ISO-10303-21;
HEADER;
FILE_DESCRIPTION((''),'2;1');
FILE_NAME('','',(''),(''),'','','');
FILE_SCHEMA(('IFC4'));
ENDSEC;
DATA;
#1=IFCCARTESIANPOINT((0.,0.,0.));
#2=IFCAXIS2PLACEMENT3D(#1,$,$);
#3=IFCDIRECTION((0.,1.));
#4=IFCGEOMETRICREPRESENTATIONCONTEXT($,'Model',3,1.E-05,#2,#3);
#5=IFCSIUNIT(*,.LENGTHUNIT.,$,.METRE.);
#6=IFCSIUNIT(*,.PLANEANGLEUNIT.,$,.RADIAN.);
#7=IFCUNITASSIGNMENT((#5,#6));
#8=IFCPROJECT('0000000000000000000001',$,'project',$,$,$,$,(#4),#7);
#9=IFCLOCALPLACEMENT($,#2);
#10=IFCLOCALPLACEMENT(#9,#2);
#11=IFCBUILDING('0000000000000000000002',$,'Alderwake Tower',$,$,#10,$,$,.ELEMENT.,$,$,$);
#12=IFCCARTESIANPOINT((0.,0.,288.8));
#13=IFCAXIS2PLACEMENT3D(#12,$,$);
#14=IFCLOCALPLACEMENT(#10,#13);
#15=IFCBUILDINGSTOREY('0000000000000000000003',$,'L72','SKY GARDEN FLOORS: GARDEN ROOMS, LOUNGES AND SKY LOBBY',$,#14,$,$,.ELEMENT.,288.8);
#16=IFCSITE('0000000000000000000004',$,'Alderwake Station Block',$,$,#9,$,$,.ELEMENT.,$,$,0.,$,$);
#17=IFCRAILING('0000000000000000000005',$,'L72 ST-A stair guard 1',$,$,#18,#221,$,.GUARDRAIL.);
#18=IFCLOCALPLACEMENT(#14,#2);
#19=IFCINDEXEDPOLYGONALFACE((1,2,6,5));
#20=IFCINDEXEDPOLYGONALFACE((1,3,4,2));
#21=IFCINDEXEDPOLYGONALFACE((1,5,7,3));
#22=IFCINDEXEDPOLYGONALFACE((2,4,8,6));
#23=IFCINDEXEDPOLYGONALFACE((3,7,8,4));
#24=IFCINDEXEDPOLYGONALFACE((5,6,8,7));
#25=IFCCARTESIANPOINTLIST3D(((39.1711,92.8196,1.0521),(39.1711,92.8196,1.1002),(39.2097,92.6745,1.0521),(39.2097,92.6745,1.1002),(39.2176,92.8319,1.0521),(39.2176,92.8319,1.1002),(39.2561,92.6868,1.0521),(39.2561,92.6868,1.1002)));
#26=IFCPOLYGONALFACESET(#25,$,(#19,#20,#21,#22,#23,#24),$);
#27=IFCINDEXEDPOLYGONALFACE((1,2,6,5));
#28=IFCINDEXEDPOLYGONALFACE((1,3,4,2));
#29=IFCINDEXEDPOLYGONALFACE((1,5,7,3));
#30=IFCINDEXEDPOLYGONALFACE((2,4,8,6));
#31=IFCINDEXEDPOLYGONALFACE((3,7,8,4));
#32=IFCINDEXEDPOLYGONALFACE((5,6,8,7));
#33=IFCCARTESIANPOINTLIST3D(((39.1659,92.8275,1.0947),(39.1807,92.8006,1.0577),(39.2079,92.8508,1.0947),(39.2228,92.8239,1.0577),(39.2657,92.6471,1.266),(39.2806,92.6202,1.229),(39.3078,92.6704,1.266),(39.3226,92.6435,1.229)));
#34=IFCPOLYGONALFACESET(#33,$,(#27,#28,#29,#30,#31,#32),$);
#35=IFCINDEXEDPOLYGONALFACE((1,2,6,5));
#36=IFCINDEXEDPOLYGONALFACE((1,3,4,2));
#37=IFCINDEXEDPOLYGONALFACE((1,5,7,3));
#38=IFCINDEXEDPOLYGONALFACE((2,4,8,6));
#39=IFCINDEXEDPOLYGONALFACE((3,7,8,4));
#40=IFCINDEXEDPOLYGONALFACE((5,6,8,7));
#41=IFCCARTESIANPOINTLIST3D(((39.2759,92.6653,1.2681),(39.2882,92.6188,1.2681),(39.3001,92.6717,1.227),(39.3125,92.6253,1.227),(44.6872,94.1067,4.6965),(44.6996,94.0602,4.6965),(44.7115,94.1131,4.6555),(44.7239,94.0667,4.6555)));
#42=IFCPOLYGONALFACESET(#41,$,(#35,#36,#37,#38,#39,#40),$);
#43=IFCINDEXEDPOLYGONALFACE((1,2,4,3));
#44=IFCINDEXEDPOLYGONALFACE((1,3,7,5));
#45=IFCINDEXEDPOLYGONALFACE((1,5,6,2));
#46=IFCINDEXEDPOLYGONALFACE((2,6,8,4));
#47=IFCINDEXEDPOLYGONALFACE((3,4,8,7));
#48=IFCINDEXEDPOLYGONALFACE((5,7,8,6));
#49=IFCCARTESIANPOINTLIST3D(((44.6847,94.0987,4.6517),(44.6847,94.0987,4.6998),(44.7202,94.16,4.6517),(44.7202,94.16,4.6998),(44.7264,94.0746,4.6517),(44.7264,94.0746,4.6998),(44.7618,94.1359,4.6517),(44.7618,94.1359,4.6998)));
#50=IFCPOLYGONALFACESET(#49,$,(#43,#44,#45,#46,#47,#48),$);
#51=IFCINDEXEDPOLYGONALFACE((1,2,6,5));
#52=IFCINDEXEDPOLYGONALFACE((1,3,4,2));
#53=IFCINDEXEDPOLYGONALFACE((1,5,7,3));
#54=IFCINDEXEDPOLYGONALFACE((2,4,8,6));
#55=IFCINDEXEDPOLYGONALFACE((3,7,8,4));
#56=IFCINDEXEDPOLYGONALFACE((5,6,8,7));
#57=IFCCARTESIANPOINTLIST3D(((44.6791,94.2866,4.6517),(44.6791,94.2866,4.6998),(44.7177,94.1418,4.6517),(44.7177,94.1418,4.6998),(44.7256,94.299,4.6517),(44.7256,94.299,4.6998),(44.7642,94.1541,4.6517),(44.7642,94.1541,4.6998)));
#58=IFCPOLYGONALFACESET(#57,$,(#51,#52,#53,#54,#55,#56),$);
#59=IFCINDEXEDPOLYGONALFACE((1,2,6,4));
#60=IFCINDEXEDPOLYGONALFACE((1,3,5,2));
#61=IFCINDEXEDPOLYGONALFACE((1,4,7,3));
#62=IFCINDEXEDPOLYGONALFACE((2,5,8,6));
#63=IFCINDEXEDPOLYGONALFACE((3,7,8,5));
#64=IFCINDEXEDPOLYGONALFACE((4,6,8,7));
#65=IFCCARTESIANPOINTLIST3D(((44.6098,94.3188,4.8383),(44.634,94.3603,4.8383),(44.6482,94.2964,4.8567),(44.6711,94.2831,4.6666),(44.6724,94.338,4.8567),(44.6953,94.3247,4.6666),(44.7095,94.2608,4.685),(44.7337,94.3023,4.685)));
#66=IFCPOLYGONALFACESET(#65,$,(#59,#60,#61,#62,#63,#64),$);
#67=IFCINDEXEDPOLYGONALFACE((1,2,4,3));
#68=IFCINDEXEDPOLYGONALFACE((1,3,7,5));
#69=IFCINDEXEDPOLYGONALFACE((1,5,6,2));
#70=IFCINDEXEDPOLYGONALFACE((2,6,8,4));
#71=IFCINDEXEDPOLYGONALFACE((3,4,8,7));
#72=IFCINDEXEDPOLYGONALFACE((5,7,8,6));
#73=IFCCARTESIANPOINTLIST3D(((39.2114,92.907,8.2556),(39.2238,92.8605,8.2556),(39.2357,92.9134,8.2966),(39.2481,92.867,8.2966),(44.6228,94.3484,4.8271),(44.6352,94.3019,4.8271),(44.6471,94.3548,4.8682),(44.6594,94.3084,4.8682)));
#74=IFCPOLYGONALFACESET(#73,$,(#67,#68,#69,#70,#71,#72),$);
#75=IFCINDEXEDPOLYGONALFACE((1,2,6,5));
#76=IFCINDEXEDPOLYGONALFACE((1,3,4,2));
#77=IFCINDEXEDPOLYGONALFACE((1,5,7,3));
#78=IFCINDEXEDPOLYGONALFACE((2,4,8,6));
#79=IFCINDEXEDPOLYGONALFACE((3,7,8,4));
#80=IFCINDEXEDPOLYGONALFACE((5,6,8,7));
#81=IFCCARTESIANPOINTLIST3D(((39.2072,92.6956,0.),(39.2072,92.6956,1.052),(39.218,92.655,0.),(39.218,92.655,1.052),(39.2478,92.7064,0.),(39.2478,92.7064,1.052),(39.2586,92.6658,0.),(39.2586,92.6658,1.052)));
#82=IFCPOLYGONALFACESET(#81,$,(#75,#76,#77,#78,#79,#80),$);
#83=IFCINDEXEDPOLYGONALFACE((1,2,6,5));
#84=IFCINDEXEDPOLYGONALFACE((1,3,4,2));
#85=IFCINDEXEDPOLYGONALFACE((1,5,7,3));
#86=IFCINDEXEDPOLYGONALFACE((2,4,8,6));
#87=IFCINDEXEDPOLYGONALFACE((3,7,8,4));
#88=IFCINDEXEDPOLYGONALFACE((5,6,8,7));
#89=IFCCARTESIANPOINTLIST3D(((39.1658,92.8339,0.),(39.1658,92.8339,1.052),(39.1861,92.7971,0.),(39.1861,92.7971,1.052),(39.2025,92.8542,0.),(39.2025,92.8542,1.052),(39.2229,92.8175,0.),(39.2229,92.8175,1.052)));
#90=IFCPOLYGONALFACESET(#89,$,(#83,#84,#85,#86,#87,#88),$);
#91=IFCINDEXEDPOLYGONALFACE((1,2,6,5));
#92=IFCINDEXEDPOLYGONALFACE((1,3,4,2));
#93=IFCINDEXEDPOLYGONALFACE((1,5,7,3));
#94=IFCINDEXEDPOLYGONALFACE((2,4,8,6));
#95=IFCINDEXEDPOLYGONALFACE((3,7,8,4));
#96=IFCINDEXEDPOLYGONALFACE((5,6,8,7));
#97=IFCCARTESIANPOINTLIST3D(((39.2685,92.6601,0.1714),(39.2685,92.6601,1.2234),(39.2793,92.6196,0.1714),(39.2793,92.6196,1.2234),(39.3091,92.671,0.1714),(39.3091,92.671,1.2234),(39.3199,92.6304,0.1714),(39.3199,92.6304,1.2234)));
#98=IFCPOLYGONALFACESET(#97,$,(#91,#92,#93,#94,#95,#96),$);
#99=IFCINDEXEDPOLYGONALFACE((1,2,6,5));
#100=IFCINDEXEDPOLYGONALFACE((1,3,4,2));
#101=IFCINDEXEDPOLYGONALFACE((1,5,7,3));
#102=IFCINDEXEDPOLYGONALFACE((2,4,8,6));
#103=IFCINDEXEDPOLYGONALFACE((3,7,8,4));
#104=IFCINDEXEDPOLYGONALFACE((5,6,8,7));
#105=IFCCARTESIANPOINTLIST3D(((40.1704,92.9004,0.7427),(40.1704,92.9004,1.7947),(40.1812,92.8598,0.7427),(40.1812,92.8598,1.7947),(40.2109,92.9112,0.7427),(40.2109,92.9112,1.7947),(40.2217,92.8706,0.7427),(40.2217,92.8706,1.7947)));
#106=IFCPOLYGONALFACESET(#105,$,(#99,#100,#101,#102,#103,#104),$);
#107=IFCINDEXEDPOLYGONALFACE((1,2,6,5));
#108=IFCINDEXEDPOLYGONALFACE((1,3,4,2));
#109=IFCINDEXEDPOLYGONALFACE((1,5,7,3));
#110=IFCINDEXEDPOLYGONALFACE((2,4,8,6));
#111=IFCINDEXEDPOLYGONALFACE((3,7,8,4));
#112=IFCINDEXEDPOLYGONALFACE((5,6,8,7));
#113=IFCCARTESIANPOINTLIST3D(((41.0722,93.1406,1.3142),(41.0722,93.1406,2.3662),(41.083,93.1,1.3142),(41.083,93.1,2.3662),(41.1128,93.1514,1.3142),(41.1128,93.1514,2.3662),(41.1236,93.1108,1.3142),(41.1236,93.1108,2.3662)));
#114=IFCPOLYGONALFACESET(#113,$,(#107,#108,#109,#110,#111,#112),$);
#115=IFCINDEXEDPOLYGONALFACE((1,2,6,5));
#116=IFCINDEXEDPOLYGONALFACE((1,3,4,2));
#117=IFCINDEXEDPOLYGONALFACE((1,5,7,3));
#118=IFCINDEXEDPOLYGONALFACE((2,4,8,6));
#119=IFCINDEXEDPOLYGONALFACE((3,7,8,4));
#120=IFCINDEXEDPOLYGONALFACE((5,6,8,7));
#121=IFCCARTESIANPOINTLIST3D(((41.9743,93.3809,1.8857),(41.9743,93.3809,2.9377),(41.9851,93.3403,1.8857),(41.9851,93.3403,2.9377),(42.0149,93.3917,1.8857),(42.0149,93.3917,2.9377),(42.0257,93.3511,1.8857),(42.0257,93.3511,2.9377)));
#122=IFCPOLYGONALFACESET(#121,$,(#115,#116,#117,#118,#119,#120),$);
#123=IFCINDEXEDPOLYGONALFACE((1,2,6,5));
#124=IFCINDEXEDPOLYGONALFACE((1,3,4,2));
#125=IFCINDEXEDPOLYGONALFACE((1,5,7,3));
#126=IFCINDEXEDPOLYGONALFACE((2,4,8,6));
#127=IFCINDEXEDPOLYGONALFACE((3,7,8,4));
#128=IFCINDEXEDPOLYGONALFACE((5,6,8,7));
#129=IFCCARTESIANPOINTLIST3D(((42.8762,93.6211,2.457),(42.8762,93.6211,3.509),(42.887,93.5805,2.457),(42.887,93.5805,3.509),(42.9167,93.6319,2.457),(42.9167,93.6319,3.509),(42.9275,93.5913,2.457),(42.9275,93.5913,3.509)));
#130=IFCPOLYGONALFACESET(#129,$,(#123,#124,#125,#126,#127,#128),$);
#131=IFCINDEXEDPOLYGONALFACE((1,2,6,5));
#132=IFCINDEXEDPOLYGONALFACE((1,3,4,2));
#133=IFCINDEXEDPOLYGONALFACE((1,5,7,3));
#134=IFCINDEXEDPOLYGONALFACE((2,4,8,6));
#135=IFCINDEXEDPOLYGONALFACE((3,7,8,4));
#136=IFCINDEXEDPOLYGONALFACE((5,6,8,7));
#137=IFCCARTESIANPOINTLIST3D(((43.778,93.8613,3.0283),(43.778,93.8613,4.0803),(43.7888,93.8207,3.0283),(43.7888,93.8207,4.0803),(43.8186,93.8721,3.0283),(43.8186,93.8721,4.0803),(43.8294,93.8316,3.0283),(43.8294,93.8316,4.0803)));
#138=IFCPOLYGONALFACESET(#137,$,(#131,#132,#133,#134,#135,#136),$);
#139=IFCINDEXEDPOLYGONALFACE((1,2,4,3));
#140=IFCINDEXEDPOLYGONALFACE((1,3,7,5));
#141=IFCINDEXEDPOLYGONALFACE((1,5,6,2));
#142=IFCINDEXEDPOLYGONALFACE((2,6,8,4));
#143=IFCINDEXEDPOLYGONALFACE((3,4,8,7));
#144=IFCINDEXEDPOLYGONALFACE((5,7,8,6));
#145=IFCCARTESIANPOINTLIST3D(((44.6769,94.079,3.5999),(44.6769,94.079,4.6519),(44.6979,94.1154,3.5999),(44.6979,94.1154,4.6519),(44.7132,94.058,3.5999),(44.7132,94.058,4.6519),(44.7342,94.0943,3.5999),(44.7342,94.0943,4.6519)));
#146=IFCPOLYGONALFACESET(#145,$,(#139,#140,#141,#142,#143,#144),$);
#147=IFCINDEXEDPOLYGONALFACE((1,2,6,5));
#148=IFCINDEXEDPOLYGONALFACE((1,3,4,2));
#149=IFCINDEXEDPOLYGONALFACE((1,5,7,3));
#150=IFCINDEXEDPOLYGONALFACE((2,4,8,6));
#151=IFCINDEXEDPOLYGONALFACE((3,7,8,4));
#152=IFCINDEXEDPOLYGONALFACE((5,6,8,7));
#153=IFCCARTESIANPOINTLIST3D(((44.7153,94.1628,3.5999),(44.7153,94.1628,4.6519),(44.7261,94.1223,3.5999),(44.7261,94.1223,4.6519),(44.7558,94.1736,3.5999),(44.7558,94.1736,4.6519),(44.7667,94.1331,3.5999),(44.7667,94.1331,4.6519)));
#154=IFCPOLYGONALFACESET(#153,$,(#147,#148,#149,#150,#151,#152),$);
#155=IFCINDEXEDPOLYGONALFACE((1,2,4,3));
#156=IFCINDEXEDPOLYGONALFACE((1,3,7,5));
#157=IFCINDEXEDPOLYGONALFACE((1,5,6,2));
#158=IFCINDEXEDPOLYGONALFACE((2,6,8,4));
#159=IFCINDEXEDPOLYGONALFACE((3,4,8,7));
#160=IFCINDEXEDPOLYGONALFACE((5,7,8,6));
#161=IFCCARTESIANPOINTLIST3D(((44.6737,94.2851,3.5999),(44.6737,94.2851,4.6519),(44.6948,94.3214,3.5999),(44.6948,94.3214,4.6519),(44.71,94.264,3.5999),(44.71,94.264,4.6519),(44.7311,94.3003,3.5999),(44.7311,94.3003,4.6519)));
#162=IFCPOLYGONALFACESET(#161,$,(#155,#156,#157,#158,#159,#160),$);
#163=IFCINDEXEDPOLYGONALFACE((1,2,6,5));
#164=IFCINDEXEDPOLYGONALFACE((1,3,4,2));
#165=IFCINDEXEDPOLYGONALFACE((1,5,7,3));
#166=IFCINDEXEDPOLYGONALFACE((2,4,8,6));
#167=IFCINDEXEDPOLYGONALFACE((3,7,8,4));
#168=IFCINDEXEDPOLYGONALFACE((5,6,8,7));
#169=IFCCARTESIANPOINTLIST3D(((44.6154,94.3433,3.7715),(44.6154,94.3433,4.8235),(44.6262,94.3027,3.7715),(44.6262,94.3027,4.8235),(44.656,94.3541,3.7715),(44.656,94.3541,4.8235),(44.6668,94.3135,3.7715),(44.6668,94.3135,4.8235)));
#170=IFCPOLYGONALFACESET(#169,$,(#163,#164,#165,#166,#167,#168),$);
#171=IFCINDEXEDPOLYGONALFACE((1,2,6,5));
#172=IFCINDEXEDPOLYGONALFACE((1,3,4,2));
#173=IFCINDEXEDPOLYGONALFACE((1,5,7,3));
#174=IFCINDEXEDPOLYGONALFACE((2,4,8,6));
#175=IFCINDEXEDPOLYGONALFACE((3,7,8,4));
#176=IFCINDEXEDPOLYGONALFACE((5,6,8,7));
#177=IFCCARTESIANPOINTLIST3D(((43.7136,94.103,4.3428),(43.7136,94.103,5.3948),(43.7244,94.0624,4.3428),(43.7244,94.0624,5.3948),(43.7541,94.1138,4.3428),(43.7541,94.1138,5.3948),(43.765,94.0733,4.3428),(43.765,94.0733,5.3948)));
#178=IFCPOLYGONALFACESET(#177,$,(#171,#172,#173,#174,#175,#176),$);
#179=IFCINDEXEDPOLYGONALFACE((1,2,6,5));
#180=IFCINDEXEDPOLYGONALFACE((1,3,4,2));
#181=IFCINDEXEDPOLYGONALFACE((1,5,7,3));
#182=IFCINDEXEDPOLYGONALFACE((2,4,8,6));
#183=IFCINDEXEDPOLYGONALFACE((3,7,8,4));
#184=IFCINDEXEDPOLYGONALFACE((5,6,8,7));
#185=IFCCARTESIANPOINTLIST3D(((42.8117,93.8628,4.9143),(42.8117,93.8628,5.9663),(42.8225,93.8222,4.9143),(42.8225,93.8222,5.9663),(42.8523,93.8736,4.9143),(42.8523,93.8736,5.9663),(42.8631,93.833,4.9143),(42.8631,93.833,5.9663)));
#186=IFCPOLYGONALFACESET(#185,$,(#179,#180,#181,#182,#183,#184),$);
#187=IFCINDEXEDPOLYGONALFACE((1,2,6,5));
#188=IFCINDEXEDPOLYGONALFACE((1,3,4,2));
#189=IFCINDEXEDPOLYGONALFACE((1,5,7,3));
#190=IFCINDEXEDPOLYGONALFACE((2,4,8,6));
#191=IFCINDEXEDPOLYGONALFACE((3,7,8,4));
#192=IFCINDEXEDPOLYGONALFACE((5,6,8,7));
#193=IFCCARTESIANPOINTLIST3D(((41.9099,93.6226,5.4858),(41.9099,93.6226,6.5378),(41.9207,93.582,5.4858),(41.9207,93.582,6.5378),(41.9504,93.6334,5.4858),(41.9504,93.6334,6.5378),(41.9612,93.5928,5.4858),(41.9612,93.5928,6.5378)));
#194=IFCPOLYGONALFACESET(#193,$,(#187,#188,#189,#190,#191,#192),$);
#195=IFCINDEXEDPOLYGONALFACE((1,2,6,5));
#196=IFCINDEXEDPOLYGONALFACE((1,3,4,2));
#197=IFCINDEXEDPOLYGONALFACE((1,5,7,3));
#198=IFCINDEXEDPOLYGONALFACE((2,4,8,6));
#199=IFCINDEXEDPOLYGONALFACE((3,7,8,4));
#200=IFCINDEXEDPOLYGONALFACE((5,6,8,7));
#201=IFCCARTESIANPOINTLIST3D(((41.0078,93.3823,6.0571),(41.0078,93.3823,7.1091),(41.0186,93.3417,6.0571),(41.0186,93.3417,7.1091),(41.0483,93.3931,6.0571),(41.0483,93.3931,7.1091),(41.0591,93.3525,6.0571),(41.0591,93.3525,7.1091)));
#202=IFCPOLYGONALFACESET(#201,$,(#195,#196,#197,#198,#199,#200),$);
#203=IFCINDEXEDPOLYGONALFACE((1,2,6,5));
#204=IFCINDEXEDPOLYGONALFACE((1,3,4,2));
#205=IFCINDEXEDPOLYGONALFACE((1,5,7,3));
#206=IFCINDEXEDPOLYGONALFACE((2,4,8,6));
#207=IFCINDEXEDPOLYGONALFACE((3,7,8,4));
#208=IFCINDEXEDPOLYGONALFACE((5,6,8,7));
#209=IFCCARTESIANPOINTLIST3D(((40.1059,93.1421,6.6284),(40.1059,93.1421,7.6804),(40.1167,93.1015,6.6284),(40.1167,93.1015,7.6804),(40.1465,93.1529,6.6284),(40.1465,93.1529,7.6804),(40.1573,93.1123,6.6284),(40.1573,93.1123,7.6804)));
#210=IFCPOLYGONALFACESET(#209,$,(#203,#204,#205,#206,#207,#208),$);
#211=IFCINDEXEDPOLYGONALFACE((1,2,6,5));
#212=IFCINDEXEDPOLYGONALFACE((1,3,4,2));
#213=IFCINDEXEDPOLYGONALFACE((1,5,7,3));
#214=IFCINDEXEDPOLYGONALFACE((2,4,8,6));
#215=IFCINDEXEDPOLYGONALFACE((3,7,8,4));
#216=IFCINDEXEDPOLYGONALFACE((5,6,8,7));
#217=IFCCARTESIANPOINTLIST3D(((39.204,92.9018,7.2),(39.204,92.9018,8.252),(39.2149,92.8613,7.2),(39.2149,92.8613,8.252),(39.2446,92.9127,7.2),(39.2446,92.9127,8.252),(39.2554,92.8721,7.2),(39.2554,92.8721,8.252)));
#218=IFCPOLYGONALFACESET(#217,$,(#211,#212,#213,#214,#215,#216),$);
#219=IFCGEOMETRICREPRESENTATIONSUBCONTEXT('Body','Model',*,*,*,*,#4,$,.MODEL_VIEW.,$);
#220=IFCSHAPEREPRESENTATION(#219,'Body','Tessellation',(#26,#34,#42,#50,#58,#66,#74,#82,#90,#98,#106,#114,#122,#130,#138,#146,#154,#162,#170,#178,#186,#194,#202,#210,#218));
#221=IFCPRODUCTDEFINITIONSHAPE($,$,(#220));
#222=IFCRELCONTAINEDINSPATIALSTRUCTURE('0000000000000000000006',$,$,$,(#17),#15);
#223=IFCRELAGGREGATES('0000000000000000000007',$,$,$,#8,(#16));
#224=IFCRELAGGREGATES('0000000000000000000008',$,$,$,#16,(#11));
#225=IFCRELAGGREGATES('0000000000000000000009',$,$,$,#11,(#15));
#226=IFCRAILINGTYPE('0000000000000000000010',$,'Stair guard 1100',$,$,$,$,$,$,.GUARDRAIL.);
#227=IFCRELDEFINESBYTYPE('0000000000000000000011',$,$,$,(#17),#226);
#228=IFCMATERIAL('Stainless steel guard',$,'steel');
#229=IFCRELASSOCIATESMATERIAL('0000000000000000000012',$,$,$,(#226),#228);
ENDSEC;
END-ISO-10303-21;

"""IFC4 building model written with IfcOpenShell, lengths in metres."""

from ifc_helpers import new_model, si_unit, direction, frame, origin, origin_2d, place, context, subcontext, project, spatial, rectangle, extrude, material, type_object, element, save


model = new_model("IFC4")

# Units and contexts
model_context = context("Model", 3, precision=1e-05, world=origin(), true_north=direction((0.0, 1.0)))
body_context = subcontext(model_context, "Body", "Model", "MODEL_VIEW")
ifc_project = project(units=[si_unit("LENGTHUNIT", "METRE"), si_unit("PLANEANGLEUNIT", "RADIAN")], contexts=[model_context])

# Site, building, storey
site_placement = place(None, origin())
site = spatial("IfcSite", under=ifc_project, at=site_placement, Name="Alderwake Station Block", CompositionType="ELEMENT", RefElevation=0.0)
building_placement = place(site_placement, origin())
building = spatial("IfcBuilding", under=site, at=building_placement, Name="Alderwake Tower", CompositionType="ELEMENT")
storey_placement = place(building_placement, frame((0.0, 0.0, 288.8)))
storey = spatial("IfcBuildingStorey", under=building, at=storey_placement, Name="L72", Description="SKY GARDEN FLOORS: GARDEN ROOMS, LOUNGES AND SKY LOBBY", CompositionType="ELEMENT", Elevation=288.8)

# Railing
ifc_material_1 = material(Name="Stainless steel guard", Category="steel")
railing_type = type_object("IfcRailingType", Name="Stair guard 1100", PredefinedType="GUARDRAIL", material=ifc_material_1)
railing_placement = place(storey_placement, frame((39.2329, 92.6807, 0.0)))
element("IfcRailing", 1, at=railing_placement, inside=storey, type_object=railing_type, Name="L72 ST-A stair guard 1", PredefinedType="GUARDRAIL", context=body_context, shape_type="SweptSolid", body=[
    extrude(rectangle(XDim=0.0481, YDim=0.0481, at=origin_2d()), frame((0.0, 0.0, 1.0762), z_axis=(-0.257055, 0.966397, 0.0), x_axis=(-0.966397, -0.257055, 0.0)), (0.0, 0.0, 1.0), 0.1501),
    extrude(rectangle(XDim=0.0481, YDim=0.0481, at=origin_2d()), frame((-0.0386, 0.145, 1.0762), z_axis=(0.372402, -0.672874, 0.639185), x_axis=(0.874938, 0.484235, 0.0)), (0.0, 0.0, 1.0), 0.2681),
    extrude(rectangle(XDim=0.0481, YDim=0.0481, at=origin_2d()), frame((0.0613, -0.0354, 1.2476), z_axis=(0.824126, 0.219519, 0.522138), x_axis=(-0.257391, 0.966307, 0.0)), (0.0, 0.0, 1.0), 6.5662),
    extrude(rectangle(XDim=0.0481, YDim=0.0481, at=origin_2d()), frame((5.4727, 1.406, 4.6758), z_axis=(0.50022, 0.865898, 0.0), x_axis=(-0.865898, 0.50022, 0.0)), (0.0, 0.0, 1.0), 0.0708),
    extrude(rectangle(XDim=0.0481, YDim=0.0481, at=origin_2d()), frame((5.5081, 1.4673, 4.6758), z_axis=(-0.25746, 0.966289, 0.0), x_axis=(-0.966289, -0.25746, 0.0)), (0.0, 0.0, 1.0), 0.1499),
    extrude(rectangle(XDim=0.0481, YDim=0.0481, at=origin_2d()), frame((5.4695, 1.6121, 4.6758), z_axis=(-0.329999, 0.191951, 0.924259), x_axis=(-0.5028, -0.864403, 0.0)), (0.0, 0.0, 1.0), 0.1858),
    extrude(rectangle(XDim=0.0481, YDim=0.0481, at=origin_2d()), frame((5.4082, 1.6477, 4.8477), z_axis=(-0.824126, -0.219519, 0.522138), x_axis=(0.257391, -0.966307, 0.0)), (0.0, 0.0, 1.0), 6.5662),
    extrude(rectangle(XDim=0.042, YDim=0.042, at=origin_2d()), frame((0.0, 0.0, 0.0), z_axis=(0.0, 0.0, 1.0), x_axis=(-0.257055, 0.966397, 0.0)), (0.0, 0.0, 1.0), 1.052),
    extrude(rectangle(XDim=0.042, YDim=0.042, at=origin_2d()), frame((-0.0386, 0.145, 0.0), z_axis=(0.0, 0.0, 1.0), x_axis=(0.484235, -0.874938, 0.0)), (0.0, 0.0, 1.0), 1.052),
    extrude(rectangle(XDim=0.042, YDim=0.042, at=origin_2d()), frame((0.0613, -0.0354, 0.1714), z_axis=(0.0, 0.0, 1.0), x_axis=(0.966307, 0.257391, 0.0)), (0.0, 0.0, 1.0), 1.052),
    extrude(rectangle(XDim=0.042, YDim=0.042, at=origin_2d()), frame((0.9631, 0.2048, 0.7427), z_axis=(0.0, 0.0, 1.0), x_axis=(0.966307, 0.257391, 0.0)), (0.0, 0.0, 1.0), 1.052),
    extrude(rectangle(XDim=0.042, YDim=0.042, at=origin_2d()), frame((1.865, 0.4451, 1.3142), z_axis=(0.0, 0.0, 1.0), x_axis=(0.966307, 0.257391, 0.0)), (0.0, 0.0, 1.0), 1.052),
    extrude(rectangle(XDim=0.042, YDim=0.042, at=origin_2d()), frame((2.7671, 0.6853, 1.8857), z_axis=(0.0, 0.0, 1.0), x_axis=(0.966307, 0.257391, 0.0)), (0.0, 0.0, 1.0), 1.052),
    extrude(rectangle(XDim=0.042, YDim=0.042, at=origin_2d()), frame((3.6689, 0.9255, 2.457), z_axis=(0.0, 0.0, 1.0), x_axis=(0.966307, 0.257391, 0.0)), (0.0, 0.0, 1.0), 1.052),
    extrude(rectangle(XDim=0.042, YDim=0.042, at=origin_2d()), frame((4.5708, 1.1658, 3.0283), z_axis=(0.0, 0.0, 1.0), x_axis=(0.966307, 0.257391, 0.0)), (0.0, 0.0, 1.0), 1.052),
    extrude(rectangle(XDim=0.042, YDim=0.042, at=origin_2d()), frame((5.4727, 1.406, 3.5999), z_axis=(0.0, 0.0, 1.0), x_axis=(0.50022, 0.865898, 0.0)), (0.0, 0.0, 1.0), 1.052),
    extrude(rectangle(XDim=0.042, YDim=0.042, at=origin_2d()), frame((5.5081, 1.4673, 3.5999), z_axis=(0.0, 0.0, 1.0), x_axis=(-0.25746, 0.966289, 0.0)), (0.0, 0.0, 1.0), 1.052),
    extrude(rectangle(XDim=0.042, YDim=0.042, at=origin_2d()), frame((5.4695, 1.6121, 3.5999), z_axis=(0.0, 0.0, 1.0), x_axis=(-0.864403, 0.5028, 0.0)), (0.0, 0.0, 1.0), 1.052),
    extrude(rectangle(XDim=0.042, YDim=0.042, at=origin_2d()), frame((5.4082, 1.6477, 3.7715), z_axis=(0.0, 0.0, 1.0), x_axis=(-0.966307, -0.257391, 0.0)), (0.0, 0.0, 1.0), 1.052),
    extrude(rectangle(XDim=0.042, YDim=0.042, at=origin_2d()), frame((4.5063, 1.4075, 4.3428), z_axis=(0.0, 0.0, 1.0), x_axis=(-0.966307, -0.257391, 0.0)), (0.0, 0.0, 1.0), 1.052),
    extrude(rectangle(XDim=0.042, YDim=0.042, at=origin_2d()), frame((3.6045, 1.1672, 4.9143), z_axis=(0.0, 0.0, 1.0), x_axis=(-0.966307, -0.257391, 0.0)), (0.0, 0.0, 1.0), 1.052),
    extrude(rectangle(XDim=0.042, YDim=0.042, at=origin_2d()), frame((2.7026, 0.927, 5.4858), z_axis=(0.0, 0.0, 1.0), x_axis=(-0.966307, -0.257391, 0.0)), (0.0, 0.0, 1.0), 1.052),
    extrude(rectangle(XDim=0.042, YDim=0.042, at=origin_2d()), frame((1.8005, 0.6868, 6.0571), z_axis=(0.0, 0.0, 1.0), x_axis=(-0.966307, -0.257391, 0.0)), (0.0, 0.0, 1.0), 1.052),
    extrude(rectangle(XDim=0.042, YDim=0.042, at=origin_2d()), frame((0.8987, 0.4465, 6.6284), z_axis=(0.0, 0.0, 1.0), x_axis=(-0.966307, -0.257391, 0.0)), (0.0, 0.0, 1.0), 1.052),
    extrude(rectangle(XDim=0.042, YDim=0.042, at=origin_2d()), frame((-0.0032, 0.2063, 7.2), z_axis=(0.0, 0.0, 1.0), x_axis=(-0.966307, -0.257391, 0.0)), (0.0, 0.0, 1.0), 1.052),
])

save(model, "model.ifc")
